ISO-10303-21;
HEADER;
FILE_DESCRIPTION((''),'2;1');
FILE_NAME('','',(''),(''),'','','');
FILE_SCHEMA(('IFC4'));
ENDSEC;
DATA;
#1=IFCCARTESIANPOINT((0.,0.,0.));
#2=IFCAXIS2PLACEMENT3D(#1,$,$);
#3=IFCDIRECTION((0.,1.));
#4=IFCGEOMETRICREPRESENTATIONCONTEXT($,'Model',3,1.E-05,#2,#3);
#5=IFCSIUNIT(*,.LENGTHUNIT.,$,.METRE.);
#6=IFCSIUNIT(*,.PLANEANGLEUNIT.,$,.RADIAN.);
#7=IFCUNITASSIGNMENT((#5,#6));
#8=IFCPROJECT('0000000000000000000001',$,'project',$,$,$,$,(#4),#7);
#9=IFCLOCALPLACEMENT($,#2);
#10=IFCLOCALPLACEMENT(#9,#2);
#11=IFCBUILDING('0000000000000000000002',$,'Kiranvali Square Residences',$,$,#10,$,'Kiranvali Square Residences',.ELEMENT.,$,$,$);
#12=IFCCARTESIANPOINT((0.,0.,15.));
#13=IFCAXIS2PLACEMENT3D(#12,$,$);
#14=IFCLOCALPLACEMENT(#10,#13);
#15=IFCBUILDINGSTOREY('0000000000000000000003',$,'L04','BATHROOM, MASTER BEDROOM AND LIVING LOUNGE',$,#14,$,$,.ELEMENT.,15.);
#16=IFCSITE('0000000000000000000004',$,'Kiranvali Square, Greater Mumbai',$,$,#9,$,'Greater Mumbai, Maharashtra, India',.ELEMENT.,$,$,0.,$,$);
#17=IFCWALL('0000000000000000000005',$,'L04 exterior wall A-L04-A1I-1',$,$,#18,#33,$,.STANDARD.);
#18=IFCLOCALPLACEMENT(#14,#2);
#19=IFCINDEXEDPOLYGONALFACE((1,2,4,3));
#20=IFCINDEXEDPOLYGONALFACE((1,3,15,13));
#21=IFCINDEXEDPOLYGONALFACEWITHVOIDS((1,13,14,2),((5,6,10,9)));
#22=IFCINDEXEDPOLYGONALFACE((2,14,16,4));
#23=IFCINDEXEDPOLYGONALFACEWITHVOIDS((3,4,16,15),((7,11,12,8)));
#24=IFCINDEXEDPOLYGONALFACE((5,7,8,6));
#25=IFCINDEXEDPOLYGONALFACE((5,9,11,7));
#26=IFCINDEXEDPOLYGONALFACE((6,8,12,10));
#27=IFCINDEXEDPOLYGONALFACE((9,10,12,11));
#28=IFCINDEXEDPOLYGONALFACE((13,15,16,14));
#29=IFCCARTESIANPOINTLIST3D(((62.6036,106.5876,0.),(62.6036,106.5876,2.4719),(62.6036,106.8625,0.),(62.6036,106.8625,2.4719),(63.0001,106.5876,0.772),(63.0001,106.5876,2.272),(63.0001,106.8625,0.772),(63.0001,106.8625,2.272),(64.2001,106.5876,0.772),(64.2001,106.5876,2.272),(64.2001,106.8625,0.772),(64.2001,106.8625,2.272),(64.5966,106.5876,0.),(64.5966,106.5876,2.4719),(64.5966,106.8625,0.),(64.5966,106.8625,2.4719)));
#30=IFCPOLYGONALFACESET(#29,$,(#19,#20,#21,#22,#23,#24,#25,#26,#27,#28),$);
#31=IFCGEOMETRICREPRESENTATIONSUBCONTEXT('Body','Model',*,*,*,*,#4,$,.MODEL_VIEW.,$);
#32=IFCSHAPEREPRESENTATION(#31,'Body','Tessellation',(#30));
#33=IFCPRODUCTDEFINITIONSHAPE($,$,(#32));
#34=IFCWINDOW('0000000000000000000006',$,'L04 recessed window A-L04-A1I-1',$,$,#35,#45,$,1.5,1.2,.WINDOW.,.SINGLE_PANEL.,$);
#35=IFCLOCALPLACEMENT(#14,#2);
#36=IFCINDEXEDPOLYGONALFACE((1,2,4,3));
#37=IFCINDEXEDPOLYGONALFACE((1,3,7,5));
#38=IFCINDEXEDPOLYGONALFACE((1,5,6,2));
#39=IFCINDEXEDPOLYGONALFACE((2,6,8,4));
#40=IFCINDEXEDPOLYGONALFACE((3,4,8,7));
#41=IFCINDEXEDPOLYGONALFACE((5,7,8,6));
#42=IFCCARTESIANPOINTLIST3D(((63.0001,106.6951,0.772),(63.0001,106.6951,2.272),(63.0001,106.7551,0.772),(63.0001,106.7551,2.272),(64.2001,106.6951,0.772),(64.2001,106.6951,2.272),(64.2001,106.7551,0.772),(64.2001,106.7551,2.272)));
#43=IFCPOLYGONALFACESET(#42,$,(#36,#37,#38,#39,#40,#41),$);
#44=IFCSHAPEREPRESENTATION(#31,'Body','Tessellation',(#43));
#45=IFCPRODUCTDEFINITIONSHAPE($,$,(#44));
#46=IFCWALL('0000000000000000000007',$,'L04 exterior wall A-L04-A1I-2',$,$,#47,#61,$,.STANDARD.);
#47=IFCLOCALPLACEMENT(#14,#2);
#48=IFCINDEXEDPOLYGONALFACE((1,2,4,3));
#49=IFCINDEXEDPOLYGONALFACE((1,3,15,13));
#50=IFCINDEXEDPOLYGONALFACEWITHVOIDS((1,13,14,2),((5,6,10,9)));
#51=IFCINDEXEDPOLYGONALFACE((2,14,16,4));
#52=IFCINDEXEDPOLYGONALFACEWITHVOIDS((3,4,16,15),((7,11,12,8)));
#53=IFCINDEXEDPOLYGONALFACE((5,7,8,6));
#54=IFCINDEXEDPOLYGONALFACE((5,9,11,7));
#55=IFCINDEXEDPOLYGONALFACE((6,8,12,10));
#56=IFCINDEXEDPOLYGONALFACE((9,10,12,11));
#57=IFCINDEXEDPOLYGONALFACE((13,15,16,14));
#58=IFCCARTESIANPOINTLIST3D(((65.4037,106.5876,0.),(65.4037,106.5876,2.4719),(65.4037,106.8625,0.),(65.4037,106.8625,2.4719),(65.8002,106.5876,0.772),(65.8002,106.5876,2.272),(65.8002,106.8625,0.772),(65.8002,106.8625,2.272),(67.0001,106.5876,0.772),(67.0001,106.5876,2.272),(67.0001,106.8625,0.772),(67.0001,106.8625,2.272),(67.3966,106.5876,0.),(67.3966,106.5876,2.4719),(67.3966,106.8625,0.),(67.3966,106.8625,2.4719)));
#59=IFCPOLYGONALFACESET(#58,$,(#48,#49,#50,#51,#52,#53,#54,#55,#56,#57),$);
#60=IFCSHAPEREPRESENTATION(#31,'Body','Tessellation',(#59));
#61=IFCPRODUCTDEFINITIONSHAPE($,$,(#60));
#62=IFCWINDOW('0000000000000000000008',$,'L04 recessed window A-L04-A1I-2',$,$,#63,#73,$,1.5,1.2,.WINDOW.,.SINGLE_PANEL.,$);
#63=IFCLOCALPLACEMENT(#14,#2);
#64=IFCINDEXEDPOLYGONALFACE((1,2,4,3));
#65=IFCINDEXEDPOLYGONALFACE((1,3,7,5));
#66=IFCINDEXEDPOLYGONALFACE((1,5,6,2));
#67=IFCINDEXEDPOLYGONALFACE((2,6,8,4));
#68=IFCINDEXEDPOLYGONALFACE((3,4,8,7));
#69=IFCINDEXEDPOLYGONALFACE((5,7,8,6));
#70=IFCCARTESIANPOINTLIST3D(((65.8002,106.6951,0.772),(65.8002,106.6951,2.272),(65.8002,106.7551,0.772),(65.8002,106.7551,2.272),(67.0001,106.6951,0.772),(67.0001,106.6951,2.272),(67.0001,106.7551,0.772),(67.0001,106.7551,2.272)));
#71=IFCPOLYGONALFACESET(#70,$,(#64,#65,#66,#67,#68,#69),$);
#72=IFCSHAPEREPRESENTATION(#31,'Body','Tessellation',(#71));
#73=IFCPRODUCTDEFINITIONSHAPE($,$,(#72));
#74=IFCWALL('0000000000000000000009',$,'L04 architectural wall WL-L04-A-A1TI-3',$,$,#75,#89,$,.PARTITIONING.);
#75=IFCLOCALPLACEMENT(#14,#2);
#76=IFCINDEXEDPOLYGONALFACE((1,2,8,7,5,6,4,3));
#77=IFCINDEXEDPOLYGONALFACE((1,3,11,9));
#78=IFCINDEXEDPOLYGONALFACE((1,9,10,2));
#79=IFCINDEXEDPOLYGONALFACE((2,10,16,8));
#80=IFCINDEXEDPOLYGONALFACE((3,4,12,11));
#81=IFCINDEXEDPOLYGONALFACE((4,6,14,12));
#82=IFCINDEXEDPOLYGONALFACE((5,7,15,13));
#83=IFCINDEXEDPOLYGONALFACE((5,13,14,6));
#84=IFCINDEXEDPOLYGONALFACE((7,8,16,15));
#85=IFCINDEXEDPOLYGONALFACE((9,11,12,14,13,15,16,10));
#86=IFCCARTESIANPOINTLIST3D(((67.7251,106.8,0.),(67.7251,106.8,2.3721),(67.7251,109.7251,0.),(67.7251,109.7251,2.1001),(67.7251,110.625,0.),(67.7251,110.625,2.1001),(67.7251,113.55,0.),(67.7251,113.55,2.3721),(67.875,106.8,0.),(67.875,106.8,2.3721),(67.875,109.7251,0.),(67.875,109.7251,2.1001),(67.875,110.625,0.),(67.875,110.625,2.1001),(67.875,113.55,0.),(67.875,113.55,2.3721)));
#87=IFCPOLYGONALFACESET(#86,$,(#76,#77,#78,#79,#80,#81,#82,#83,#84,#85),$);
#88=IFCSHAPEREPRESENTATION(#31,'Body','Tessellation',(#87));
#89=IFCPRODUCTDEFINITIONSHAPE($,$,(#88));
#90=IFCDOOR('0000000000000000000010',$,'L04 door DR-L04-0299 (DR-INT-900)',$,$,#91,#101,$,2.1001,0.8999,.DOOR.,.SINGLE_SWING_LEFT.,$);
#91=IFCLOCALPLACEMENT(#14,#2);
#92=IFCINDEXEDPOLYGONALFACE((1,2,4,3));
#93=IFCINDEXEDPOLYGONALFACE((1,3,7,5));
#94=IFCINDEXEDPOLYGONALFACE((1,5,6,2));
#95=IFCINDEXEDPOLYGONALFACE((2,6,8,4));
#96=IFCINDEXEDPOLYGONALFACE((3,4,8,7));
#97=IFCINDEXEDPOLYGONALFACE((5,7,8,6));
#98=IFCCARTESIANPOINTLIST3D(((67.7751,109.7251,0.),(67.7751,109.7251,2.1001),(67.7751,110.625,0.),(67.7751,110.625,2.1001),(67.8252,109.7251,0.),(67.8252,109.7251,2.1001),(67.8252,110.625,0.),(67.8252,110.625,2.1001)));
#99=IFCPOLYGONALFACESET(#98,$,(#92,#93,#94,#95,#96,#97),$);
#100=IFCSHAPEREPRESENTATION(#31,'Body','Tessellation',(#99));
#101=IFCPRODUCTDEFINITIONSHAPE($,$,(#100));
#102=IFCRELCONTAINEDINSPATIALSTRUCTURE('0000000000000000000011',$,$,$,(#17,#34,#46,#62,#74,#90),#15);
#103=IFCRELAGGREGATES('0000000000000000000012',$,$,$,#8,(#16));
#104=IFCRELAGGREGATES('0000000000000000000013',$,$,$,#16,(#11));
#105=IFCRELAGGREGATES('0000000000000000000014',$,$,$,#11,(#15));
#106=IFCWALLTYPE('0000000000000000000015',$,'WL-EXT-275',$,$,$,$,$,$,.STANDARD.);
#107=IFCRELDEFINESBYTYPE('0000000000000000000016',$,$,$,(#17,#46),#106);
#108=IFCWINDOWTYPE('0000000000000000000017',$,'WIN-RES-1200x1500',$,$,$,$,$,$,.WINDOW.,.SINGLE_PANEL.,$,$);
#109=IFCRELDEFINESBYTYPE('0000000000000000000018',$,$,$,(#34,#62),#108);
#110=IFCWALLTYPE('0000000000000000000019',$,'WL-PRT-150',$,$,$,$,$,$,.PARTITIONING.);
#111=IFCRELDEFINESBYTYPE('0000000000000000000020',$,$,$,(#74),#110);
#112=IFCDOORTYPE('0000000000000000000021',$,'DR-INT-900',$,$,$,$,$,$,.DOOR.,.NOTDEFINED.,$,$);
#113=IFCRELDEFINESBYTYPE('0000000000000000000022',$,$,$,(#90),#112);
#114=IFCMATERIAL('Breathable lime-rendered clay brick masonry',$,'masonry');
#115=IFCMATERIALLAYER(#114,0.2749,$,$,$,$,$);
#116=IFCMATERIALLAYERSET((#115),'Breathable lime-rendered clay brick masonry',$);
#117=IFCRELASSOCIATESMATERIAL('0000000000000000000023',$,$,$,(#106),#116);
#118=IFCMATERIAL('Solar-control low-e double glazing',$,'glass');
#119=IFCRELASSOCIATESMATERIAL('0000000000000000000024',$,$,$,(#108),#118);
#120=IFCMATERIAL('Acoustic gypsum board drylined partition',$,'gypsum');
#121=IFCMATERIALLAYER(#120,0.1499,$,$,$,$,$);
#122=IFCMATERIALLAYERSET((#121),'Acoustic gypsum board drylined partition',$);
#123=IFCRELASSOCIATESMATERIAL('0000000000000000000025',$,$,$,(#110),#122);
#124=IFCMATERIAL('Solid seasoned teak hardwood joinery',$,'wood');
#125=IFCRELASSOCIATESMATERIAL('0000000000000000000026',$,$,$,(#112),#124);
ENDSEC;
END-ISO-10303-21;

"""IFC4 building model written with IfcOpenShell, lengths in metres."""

from ifc_helpers import new_model, si_unit, direction, frame, frame_2d, origin, place, context, subcontext, project, spatial, rectangle, extrude, material, layer, layer_set, type_object, element, fill, save


model = new_model("IFC4")

# Units and contexts
model_context = context("Model", 3, precision=1e-05, world=origin(), true_north=direction((0.0, 1.0)))
body_context = subcontext(model_context, "Body", "Model", "MODEL_VIEW")
ifc_project = project(units=[si_unit("LENGTHUNIT", "METRE"), si_unit("PLANEANGLEUNIT", "RADIAN")], contexts=[model_context])

# Site, building, storey
site_placement = place(None, origin())
site = spatial("IfcSite", under=ifc_project, at=site_placement, Name="Kiranvali Square, Greater Mumbai", LongName="Greater Mumbai, Maharashtra, India", CompositionType="ELEMENT", RefElevation=0.0)
building_placement = place(site_placement, origin())
building = spatial("IfcBuilding", under=site, at=building_placement, Name="Kiranvali Square Residences", LongName="Kiranvali Square Residences", CompositionType="ELEMENT")
storey_placement = place(building_placement, frame((0.0, 0.0, 15.0)))
storey = spatial("IfcBuildingStorey", under=building, at=storey_placement, Name="L04", Description="BATHROOM, MASTER BEDROOM AND LIVING LOUNGE", CompositionType="ELEMENT", Elevation=15.0)

# Walls, openings, windows
ifc_material_1 = material(Name="Breathable lime-rendered clay brick masonry", Category="masonry")
ifc_layer_1 = layer(ifc_material_1, 0.2749)
ifc_layer_set_1 = layer_set([ifc_layer_1], Name="Breathable lime-rendered clay brick masonry")
wall_type_1 = type_object("IfcWallType", Name="WL-EXT-275", PredefinedType="STANDARD", material=ifc_layer_set_1)
wall_1_placement = place(storey_placement, frame((62.6035, 106.7251, 0.0), z_axis=(0.0, 0.0, 1.0), x_axis=(1.0, 0.0, 0.0)))
wall_1 = element("IfcWall", 1, at=wall_1_placement, inside=storey, type_object=wall_type_1, Name="L04 exterior wall A-L04-A1I-1", PredefinedType="STANDARD", context=body_context, shape_type="SweptSolid", body=[
    extrude(rectangle(XDim=1.9929, YDim=0.2749, at=frame_2d((0.9966, 0.0))), origin(), (0.0, 0.0, 1.0), 2.4719),
])
opening_1_placement = place(wall_1_placement, frame((0.3965, 0.0, 0.772)))
opening_1 = element("IfcOpeningElement", 2, at=opening_1_placement, cuts=wall_1, PredefinedType="OPENING", context=body_context, shape_type="SweptSolid", body=[
    extrude(rectangle(XDim=1.2, YDim=1.5, at=frame_2d((0.6001, 0.75))), frame((0.0, 0.1475, 0.0), z_axis=(0.0, -1.0, 0.0), x_axis=(1.0, 0.0, 0.0)), (0.0, 0.0, 1.0), 0.2949),
])
ifc_material_2 = material(Name="Solar-control low-e double glazing", Category="glass")
window_type = type_object("IfcWindowType", Name="WIN-RES-1200x1500", PartitioningType="SINGLE_PANEL", PredefinedType="WINDOW", material=ifc_material_2)
window_1_placement = place(opening_1_placement, origin())
window_1 = element("IfcWindow", 3, at=window_1_placement, inside=storey, type_object=window_type, Name="L04 recessed window A-L04-A1I-1", OverallHeight=1.5, OverallWidth=1.2, PartitioningType="SINGLE_PANEL", PredefinedType="WINDOW", context=body_context, shape_type="SweptSolid", body=[
    extrude(rectangle(XDim=1.2, YDim=1.5, at=frame_2d((0.6001, 0.75))), frame((0.0, 0.03, 0.0), z_axis=(0.0, -1.0, 0.0), x_axis=(1.0, 0.0, 0.0)), (0.0, 0.0, 1.0), 0.0601),
])
fill(opening_1, window_1)
wall_2_placement = place(storey_placement, frame((65.4036, 106.7251, 0.0), z_axis=(0.0, 0.0, 1.0), x_axis=(1.0, 0.0, 0.0)))
wall_2 = element("IfcWall", 4, at=wall_2_placement, inside=storey, type_object=wall_type_1, Name="L04 exterior wall A-L04-A1I-2", PredefinedType="STANDARD", context=body_context, shape_type="SweptSolid", body=[
    extrude(rectangle(XDim=1.9929, YDim=0.2749, at=frame_2d((0.9966, 0.0))), origin(), (0.0, 0.0, 1.0), 2.4719),
])
opening_2_placement = place(wall_2_placement, frame((0.3965, 0.0, 0.772)))
opening_2 = element("IfcOpeningElement", 5, at=opening_2_placement, cuts=wall_2, PredefinedType="OPENING", context=body_context, shape_type="SweptSolid", body=[
    extrude(rectangle(XDim=1.2, YDim=1.5, at=frame_2d((0.6001, 0.75))), frame((0.0, 0.1475, 0.0), z_axis=(0.0, -1.0, 0.0), x_axis=(1.0, 0.0, 0.0)), (0.0, 0.0, 1.0), 0.2949),
])
window_2_placement = place(opening_2_placement, origin())
window_2 = element("IfcWindow", 6, at=window_2_placement, inside=storey, type_object=window_type, Name="L04 recessed window A-L04-A1I-2", OverallHeight=1.5, OverallWidth=1.2, PartitioningType="SINGLE_PANEL", PredefinedType="WINDOW", context=body_context, shape_type="SweptSolid", body=[
    extrude(rectangle(XDim=1.2, YDim=1.5, at=frame_2d((0.6001, 0.75))), frame((0.0, 0.03, 0.0), z_axis=(0.0, -1.0, 0.0), x_axis=(1.0, 0.0, 0.0)), (0.0, 0.0, 1.0), 0.0601),
])
fill(opening_2, window_2)

# Wall, opening, door
ifc_material_3 = material(Name="Acoustic gypsum board drylined partition", Category="gypsum")
ifc_layer_2 = layer(ifc_material_3, 0.1499)
ifc_layer_set_2 = layer_set([ifc_layer_2], Name="Acoustic gypsum board drylined partition")
wall_type_2 = type_object("IfcWallType", Name="WL-PRT-150", PredefinedType="PARTITIONING", material=ifc_layer_set_2)
wall_3_placement = place(storey_placement, frame((67.8, 106.8, 0.0), z_axis=(0.0, 0.0, 1.0), x_axis=(0.0, 1.0, 0.0)))
wall_3 = element("IfcWall", 7, at=wall_3_placement, inside=storey, type_object=wall_type_2, Name="L04 architectural wall WL-L04-A-A1TI-3", PredefinedType="PARTITIONING", context=body_context, shape_type="SweptSolid", body=[
    extrude(rectangle(XDim=6.75, YDim=0.1499, at=frame_2d((3.375, 0.0))), origin(), (0.0, 0.0, 1.0), 2.3721),
])
opening_3_placement = place(wall_3_placement, frame((2.925, 0.0, 0.0)))
opening_3 = element("IfcOpeningElement", 8, at=opening_3_placement, cuts=wall_3, PredefinedType="OPENING", context=body_context, shape_type="SweptSolid", body=[
    extrude(rectangle(XDim=0.8999, YDim=2.1001, at=frame_2d((0.45, 1.05))), frame((0.0, 0.085, 0.0), z_axis=(0.0, -1.0, 0.0), x_axis=(1.0, 0.0, 0.0)), (0.0, 0.0, 1.0), 0.1699),
])
ifc_material_4 = material(Name="Solid seasoned teak hardwood joinery", Category="wood")
door_type_1 = type_object("IfcDoorType", Name="DR-INT-900", OperationType="NOTDEFINED", PredefinedType="DOOR", material=ifc_material_4)
door_1_placement = place(opening_3_placement, origin())
door_1 = element("IfcDoor", 9, at=door_1_placement, inside=storey, type_object=door_type_1, Name="L04 door DR-L04-0299 (DR-INT-900)", OperationType="SINGLE_SWING_LEFT", OverallHeight=2.1001, OverallWidth=0.8999, PredefinedType="DOOR", context=body_context, shape_type="SweptSolid", body=[
    extrude(rectangle(XDim=0.8999, YDim=2.1001, at=frame_2d((0.45, 1.05))), frame((0.0, 0.0249, 0.0), z_axis=(0.0, -1.0, 0.0), x_axis=(1.0, 0.0, 0.0)), (0.0, 0.0, 1.0), 0.05),
])
fill(opening_3, door_1)

save(model, "model.ifc")
